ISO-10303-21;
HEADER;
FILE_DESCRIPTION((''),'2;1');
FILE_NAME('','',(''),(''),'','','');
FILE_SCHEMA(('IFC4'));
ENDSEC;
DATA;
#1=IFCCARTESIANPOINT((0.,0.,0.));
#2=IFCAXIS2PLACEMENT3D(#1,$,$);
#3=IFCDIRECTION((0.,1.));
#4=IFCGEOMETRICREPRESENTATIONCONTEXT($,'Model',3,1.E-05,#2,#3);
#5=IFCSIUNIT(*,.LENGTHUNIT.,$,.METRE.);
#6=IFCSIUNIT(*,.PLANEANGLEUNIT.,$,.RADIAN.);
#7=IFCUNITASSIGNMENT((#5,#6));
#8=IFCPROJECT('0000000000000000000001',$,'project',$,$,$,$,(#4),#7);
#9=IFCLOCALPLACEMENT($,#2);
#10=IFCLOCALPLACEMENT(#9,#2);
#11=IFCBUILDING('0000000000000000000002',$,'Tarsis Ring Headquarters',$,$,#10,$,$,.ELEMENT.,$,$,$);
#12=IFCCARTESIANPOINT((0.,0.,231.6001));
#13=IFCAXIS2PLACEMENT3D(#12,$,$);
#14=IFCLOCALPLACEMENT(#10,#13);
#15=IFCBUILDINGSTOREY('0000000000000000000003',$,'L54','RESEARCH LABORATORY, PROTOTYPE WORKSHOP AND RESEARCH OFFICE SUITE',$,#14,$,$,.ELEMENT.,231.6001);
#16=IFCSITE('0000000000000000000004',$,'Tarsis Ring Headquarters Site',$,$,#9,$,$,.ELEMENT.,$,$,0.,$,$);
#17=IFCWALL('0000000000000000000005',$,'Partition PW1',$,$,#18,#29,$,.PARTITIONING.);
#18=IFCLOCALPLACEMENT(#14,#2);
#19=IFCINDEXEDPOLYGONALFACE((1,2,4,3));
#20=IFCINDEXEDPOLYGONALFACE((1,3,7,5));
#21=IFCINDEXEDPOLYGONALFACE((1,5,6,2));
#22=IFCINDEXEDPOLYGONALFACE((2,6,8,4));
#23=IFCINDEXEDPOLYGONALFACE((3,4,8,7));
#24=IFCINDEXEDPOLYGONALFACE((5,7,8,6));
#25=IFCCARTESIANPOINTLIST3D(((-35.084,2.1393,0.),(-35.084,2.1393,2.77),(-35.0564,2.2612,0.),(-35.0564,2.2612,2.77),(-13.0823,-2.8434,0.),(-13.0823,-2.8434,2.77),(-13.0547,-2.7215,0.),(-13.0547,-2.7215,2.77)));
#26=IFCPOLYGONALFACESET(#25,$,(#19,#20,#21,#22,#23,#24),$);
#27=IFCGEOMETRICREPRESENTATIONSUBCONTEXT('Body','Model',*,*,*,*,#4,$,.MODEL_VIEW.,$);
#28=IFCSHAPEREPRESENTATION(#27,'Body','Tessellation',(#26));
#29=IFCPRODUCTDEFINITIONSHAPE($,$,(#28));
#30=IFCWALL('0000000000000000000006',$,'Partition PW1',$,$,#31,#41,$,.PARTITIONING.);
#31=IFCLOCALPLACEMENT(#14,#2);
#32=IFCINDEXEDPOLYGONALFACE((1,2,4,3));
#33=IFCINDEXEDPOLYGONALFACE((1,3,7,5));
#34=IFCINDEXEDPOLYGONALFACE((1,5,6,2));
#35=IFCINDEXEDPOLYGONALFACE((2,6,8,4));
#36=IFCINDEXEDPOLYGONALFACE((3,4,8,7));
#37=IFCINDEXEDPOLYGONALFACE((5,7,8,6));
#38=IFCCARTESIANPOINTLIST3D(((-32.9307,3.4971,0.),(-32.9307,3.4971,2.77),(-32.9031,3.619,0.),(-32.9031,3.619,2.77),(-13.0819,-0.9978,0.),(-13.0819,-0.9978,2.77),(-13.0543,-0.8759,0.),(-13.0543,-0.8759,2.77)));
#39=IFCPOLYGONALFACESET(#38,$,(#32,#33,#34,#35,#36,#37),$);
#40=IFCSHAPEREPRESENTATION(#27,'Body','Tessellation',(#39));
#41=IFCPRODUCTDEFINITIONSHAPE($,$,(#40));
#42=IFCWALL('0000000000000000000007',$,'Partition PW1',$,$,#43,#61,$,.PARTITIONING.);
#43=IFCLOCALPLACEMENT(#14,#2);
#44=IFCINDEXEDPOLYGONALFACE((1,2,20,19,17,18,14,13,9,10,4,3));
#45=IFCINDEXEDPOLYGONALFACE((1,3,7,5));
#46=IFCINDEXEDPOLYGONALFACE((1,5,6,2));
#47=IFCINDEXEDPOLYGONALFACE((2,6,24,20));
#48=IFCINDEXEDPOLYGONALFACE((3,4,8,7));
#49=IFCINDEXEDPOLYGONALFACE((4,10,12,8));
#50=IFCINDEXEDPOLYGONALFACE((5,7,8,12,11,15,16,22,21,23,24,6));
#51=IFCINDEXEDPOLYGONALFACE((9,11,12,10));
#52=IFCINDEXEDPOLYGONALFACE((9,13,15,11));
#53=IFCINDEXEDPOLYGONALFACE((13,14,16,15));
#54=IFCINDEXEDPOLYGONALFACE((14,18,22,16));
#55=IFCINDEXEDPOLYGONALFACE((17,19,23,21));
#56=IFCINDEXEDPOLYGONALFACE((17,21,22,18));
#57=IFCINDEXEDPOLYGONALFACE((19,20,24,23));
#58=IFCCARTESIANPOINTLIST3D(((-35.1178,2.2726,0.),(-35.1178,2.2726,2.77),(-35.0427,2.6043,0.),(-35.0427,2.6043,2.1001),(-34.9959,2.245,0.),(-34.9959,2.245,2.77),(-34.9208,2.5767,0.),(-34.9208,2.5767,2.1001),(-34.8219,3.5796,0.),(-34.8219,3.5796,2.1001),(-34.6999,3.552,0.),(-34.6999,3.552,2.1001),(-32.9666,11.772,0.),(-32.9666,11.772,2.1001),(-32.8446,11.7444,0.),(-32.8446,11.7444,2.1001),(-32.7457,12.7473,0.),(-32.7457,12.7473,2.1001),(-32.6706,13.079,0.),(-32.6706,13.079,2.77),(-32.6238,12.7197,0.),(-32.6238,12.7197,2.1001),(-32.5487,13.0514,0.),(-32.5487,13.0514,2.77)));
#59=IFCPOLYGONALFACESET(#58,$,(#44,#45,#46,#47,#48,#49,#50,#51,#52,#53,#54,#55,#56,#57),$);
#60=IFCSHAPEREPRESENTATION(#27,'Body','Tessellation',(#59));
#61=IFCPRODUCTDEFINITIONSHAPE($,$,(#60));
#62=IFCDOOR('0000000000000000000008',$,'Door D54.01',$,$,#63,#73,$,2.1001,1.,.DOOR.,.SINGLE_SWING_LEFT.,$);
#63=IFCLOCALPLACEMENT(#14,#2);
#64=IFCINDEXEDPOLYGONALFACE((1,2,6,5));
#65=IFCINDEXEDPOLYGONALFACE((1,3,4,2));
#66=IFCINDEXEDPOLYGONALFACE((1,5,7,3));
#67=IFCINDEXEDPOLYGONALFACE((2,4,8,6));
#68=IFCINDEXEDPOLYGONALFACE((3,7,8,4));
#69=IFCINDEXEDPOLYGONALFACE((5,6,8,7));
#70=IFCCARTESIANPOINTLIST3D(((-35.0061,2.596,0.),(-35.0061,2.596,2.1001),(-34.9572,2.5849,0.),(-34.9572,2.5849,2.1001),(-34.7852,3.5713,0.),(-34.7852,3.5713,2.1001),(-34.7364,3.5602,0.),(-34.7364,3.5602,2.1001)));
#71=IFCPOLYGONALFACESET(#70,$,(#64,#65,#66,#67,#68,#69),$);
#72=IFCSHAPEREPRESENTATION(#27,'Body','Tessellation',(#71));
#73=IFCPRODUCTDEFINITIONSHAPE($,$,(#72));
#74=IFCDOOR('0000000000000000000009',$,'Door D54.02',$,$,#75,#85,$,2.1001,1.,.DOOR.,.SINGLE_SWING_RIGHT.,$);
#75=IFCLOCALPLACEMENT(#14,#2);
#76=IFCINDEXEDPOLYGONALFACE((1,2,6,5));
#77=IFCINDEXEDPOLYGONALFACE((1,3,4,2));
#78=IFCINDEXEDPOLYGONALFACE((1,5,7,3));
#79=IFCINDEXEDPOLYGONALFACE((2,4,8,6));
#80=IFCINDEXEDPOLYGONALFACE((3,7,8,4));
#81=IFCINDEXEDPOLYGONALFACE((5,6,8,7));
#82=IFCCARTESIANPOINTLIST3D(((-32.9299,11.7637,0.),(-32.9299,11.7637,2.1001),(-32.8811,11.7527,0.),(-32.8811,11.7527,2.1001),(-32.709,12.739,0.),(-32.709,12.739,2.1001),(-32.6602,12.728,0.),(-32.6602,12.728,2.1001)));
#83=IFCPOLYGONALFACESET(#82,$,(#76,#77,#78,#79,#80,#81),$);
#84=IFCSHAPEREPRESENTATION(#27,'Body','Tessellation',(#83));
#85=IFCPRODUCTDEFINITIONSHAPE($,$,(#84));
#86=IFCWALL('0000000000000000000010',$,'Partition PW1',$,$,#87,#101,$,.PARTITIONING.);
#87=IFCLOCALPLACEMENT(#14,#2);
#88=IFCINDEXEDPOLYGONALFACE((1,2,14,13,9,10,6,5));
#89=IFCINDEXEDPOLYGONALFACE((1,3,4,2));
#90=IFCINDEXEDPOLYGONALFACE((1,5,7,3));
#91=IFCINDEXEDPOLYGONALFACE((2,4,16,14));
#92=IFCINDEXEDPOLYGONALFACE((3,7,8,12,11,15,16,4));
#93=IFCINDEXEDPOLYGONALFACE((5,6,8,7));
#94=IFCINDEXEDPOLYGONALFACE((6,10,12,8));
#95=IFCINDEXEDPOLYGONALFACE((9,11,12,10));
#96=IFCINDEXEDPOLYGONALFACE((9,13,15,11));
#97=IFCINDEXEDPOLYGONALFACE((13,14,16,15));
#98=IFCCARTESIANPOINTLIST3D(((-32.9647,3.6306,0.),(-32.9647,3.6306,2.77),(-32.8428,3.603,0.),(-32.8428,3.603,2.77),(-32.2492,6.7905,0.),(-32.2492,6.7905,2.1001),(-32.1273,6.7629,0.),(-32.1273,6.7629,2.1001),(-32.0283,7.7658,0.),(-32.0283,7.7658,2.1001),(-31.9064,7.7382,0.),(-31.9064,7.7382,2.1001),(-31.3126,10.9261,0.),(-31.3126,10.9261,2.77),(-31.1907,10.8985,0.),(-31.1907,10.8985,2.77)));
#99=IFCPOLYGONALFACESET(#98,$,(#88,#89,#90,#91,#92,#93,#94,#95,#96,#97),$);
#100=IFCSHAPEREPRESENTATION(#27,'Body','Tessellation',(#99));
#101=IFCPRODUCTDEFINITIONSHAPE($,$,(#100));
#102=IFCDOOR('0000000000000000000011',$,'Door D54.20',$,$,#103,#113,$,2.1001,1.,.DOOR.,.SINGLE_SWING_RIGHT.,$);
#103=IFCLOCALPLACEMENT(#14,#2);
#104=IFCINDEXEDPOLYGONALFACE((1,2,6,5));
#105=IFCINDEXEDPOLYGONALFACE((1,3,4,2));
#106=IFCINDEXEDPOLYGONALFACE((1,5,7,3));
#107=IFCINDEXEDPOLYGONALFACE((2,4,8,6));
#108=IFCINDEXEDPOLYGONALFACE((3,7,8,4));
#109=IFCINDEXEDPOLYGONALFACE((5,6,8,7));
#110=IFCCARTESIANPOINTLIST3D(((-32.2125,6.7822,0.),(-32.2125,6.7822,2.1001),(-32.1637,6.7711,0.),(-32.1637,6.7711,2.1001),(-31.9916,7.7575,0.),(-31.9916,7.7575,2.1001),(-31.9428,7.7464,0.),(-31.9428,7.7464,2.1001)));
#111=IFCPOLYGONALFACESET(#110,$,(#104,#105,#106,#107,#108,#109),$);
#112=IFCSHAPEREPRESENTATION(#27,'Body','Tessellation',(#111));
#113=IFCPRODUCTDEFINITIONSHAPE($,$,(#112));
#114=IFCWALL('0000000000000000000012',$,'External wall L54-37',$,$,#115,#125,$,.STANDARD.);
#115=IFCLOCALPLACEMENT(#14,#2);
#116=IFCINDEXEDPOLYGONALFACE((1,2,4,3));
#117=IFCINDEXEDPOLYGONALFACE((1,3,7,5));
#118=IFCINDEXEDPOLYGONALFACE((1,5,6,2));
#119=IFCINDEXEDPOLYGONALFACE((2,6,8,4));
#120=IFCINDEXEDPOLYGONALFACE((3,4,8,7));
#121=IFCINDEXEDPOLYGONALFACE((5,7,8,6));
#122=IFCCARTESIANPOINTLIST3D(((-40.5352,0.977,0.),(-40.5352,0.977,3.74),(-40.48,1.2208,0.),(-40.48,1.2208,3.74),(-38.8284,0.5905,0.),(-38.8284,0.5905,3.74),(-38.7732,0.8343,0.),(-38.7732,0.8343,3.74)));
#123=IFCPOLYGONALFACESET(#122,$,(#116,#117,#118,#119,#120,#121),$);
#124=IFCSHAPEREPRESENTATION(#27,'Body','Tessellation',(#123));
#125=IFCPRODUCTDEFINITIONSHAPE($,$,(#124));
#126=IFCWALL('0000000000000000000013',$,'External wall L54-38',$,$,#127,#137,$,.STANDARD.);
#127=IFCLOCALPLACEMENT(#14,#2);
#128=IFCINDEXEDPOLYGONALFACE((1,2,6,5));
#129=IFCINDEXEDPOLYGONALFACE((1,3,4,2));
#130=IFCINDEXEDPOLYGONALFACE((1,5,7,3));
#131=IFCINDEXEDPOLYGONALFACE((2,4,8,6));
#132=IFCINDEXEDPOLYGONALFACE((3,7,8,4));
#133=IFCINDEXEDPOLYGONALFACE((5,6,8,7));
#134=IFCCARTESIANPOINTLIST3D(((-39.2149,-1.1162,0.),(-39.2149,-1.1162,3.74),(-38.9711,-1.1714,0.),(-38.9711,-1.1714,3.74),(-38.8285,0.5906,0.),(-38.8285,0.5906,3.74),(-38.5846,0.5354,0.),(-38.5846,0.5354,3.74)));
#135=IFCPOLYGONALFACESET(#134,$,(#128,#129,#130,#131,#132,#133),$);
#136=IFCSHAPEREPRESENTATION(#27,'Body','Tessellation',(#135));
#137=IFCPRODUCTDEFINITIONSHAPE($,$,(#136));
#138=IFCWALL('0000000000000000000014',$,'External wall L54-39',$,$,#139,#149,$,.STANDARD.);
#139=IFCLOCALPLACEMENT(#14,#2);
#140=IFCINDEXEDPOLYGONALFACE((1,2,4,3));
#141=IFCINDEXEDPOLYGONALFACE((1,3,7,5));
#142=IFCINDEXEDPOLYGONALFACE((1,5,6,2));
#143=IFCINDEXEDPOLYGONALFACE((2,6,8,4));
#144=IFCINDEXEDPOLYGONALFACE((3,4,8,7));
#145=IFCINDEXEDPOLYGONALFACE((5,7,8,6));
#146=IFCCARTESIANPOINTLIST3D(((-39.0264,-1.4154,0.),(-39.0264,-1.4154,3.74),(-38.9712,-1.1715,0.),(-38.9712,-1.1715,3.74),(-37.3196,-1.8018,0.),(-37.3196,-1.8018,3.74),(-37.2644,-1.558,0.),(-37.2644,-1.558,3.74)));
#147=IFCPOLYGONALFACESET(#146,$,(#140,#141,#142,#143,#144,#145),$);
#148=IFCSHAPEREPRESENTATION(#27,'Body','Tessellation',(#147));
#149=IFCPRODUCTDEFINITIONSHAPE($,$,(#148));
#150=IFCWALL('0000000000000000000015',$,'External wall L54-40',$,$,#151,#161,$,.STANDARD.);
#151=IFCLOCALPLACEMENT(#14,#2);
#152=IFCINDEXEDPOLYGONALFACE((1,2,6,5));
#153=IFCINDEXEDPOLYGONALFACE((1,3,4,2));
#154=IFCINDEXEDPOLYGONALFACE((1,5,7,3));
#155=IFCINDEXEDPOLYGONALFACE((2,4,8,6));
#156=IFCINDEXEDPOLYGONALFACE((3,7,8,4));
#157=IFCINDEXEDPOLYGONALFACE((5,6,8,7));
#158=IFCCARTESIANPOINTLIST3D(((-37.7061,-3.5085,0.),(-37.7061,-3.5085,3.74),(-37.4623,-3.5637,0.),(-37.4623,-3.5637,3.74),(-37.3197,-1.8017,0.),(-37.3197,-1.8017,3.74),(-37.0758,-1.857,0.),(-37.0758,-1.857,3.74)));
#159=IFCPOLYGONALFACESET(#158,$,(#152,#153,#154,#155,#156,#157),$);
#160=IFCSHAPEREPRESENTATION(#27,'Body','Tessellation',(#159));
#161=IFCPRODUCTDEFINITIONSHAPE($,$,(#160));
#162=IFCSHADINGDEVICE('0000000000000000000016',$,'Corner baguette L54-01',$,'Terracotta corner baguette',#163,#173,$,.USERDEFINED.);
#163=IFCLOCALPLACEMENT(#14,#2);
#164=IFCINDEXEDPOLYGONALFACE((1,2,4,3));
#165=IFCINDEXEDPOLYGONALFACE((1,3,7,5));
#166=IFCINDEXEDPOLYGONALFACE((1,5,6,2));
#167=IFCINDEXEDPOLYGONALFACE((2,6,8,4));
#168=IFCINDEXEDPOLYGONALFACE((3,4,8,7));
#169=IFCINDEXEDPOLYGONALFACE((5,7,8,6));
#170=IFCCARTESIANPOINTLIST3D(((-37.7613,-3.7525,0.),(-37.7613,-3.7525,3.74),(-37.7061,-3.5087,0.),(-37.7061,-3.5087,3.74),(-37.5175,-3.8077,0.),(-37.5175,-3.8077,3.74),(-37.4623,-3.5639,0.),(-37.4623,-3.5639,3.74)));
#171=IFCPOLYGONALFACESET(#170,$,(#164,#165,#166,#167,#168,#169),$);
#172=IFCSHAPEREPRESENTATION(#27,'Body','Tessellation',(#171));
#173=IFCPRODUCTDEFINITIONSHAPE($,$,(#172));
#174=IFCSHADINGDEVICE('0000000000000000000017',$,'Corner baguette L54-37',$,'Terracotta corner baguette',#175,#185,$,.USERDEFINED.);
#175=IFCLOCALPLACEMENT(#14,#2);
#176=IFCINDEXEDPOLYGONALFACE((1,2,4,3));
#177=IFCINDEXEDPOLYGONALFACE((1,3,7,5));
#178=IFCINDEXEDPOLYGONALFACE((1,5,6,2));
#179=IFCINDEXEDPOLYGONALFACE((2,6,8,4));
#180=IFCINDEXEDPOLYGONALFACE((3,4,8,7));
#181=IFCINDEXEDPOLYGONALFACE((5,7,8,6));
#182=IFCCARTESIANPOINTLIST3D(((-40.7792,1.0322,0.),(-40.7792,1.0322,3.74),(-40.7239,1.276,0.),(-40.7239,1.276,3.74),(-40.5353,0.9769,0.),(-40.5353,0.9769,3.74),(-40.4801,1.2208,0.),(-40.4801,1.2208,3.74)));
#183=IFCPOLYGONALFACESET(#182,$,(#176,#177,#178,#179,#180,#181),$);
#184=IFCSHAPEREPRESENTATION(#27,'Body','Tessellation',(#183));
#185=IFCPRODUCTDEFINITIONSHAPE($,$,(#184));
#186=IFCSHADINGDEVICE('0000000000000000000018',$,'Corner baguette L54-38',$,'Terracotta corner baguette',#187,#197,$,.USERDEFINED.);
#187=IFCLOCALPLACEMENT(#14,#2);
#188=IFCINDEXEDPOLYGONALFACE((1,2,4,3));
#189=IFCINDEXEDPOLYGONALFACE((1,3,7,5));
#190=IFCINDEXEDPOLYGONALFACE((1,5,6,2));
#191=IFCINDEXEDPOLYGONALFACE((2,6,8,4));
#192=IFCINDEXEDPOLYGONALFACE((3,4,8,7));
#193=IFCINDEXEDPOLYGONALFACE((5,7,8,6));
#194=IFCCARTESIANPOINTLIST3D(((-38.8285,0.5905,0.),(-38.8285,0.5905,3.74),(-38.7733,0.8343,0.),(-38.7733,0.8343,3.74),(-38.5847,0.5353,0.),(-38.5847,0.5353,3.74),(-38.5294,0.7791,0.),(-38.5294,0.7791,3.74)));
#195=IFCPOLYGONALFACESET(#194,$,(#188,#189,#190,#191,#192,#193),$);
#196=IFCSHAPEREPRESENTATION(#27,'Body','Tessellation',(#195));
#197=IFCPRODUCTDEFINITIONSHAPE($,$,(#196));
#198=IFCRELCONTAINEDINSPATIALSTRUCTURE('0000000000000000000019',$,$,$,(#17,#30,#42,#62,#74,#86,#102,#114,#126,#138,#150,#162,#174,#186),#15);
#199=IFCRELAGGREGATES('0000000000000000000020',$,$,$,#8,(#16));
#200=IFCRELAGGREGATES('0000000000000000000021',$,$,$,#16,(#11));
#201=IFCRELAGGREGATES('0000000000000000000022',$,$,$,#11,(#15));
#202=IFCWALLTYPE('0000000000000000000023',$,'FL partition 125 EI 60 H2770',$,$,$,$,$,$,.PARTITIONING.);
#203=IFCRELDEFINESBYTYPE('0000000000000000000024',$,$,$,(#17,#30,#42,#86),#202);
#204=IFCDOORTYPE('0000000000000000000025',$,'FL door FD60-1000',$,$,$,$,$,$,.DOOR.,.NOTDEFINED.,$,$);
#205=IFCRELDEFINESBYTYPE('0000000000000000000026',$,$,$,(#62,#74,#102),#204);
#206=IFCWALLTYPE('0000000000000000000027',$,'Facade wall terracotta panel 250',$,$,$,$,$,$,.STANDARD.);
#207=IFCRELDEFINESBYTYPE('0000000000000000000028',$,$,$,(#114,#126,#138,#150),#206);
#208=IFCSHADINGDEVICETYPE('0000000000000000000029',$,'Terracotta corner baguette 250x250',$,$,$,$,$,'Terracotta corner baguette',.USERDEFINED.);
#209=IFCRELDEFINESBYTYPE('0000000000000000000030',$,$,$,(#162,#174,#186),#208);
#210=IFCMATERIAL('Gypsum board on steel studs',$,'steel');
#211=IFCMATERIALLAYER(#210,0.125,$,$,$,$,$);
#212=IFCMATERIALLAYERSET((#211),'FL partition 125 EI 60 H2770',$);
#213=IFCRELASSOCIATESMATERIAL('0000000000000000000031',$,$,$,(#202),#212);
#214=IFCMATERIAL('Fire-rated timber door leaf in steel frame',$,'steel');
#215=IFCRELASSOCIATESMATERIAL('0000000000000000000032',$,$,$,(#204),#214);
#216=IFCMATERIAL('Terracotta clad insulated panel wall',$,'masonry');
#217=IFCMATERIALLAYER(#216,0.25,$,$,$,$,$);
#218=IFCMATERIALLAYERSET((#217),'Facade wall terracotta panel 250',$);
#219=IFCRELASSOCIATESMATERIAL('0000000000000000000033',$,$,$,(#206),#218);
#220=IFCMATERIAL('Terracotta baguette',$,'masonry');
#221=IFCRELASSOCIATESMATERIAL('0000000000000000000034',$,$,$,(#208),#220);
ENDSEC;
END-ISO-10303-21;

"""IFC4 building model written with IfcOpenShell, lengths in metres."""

from ifc_helpers import new_model, si_unit, direction, frame, frame_2d, origin, origin_2d, place, context, subcontext, project, spatial, rectangle, extrude, material, layer, layer_set, type_object, element, fill, save


model = new_model("IFC4")

# Units and contexts
model_context = context("Model", 3, precision=1e-05, world=origin(), true_north=direction((0.0, 1.0)))
body_context = subcontext(model_context, "Body", "Model", "MODEL_VIEW")
ifc_project = project(units=[si_unit("LENGTHUNIT", "METRE"), si_unit("PLANEANGLEUNIT", "RADIAN")], contexts=[model_context])

# Site, building, storey
site_placement = place(None, origin())
site = spatial("IfcSite", under=ifc_project, at=site_placement, Name="Tarsis Ring Headquarters Site", CompositionType="ELEMENT", RefElevation=0.0)
building_placement = place(site_placement, origin())
building = spatial("IfcBuilding", under=site, at=building_placement, Name="Tarsis Ring Headquarters", CompositionType="ELEMENT")
storey_placement = place(building_placement, frame((0.0, 0.0, 231.6001)))
storey = spatial("IfcBuildingStorey", under=building, at=storey_placement, Name="L54", Description="RESEARCH LABORATORY, PROTOTYPE WORKSHOP AND RESEARCH OFFICE SUITE", CompositionType="ELEMENT", Elevation=231.6001)

# Walls
ifc_material_1 = material(Name="Gypsum board on steel studs", Category="steel")
ifc_layer_1 = layer(ifc_material_1, 0.125)
ifc_layer_set_1 = layer_set([ifc_layer_1], Name="FL partition 125 EI 60 H2770")
wall_type_1 = type_object("IfcWallType", Name="FL partition 125 EI 60 H2770", PredefinedType="PARTITIONING", material=ifc_layer_set_1)
wall_1_placement = place(storey_placement, frame((-35.0701, 2.2002, 0.0), z_axis=(0.0, 0.0, 1.0), x_axis=(0.975302, -0.220874, 0.0)))
element("IfcWall", 1, at=wall_1_placement, inside=storey, type_object=wall_type_1, Name="Partition PW1", PredefinedType="PARTITIONING", context=body_context, shape_type="SweptSolid", body=[
    extrude(rectangle(XDim=22.5588, YDim=0.125, at=frame_2d((11.2793, 0.0))), origin(), (0.0, 0.0, 1.0), 2.77),
])
wall_2_placement = place(storey_placement, frame((-32.917, 3.5581, 0.0), z_axis=(0.0, 0.0, 1.0), x_axis=(0.975304, -0.220865, 0.0)))
element("IfcWall", 2, at=wall_2_placement, inside=storey, type_object=wall_type_1, Name="Partition PW1", PredefinedType="PARTITIONING", context=body_context, shape_type="SweptSolid", body=[
    extrude(rectangle(XDim=20.3513, YDim=0.125, at=frame_2d((10.1758, 0.0))), origin(), (0.0, 0.0, 1.0), 2.77),
])

# Wall, openings, doors
wall_3_placement = place(storey_placement, frame((-35.0569, 2.2588, 0.0), z_axis=(0.0, 0.0, 1.0), x_axis=(0.220872, 0.975303, 0.0)))
wall_3 = element("IfcWall", 3, at=wall_3_placement, inside=storey, type_object=wall_type_1, Name="Partition PW1", PredefinedType="PARTITIONING", context=body_context, shape_type="SweptSolid", body=[
    extrude(rectangle(XDim=11.0801, YDim=0.125, at=frame_2d((5.54, 0.0))), origin(), (0.0, 0.0, 1.0), 2.77),
])
opening_1_placement = place(wall_3_placement, frame((0.3401, 0.0, 0.0)))
opening_1 = element("IfcOpeningElement", 4, at=opening_1_placement, cuts=wall_3, PredefinedType="OPENING", context=body_context, shape_type="SweptSolid", body=[
    extrude(rectangle(XDim=1.0, YDim=2.1001, at=frame_2d((0.5, 1.05))), frame((0.0, 0.0725, 0.0), z_axis=(0.0, -1.0, 0.0), x_axis=(1.0, 0.0, 0.0)), (0.0, 0.0, 1.0), 0.145),
])
opening_2_placement = place(wall_3_placement, frame((9.74, 0.0, 0.0)))
opening_2 = element("IfcOpeningElement", 5, at=opening_2_placement, cuts=wall_3, PredefinedType="OPENING", context=body_context, shape_type="SweptSolid", body=[
    extrude(rectangle(XDim=1.0, YDim=2.1001, at=frame_2d((0.5, 1.05))), frame((0.0, 0.0725, 0.0), z_axis=(0.0, -1.0, 0.0), x_axis=(1.0, 0.0, 0.0)), (0.0, 0.0, 1.0), 0.145),
])
ifc_material_2 = material(Name="Fire-rated timber door leaf in steel frame", Category="steel")
door_type = type_object("IfcDoorType", Name="FL door FD60-1000", OperationType="NOTDEFINED", PredefinedType="DOOR", material=ifc_material_2)
door_1_placement = place(opening_1_placement, origin())
door_1 = element("IfcDoor", 6, at=door_1_placement, inside=storey, type_object=door_type, Name="Door D54.01", OperationType="SINGLE_SWING_LEFT", OverallHeight=2.1001, OverallWidth=1.0, PredefinedType="DOOR", context=body_context, shape_type="SweptSolid", body=[
    extrude(rectangle(XDim=1.0, YDim=2.1001, at=frame_2d((0.5, 1.05))), frame((0.0, 0.0249, 0.0), z_axis=(0.0, -1.0, 0.0), x_axis=(1.0, 0.0, 0.0)), (0.0, 0.0, 1.0), 0.05),
])
fill(opening_1, door_1)
door_2_placement = place(opening_2_placement, origin())
door_2 = element("IfcDoor", 7, at=door_2_placement, inside=storey, type_object=door_type, Name="Door D54.02", OperationType="SINGLE_SWING_RIGHT", OverallHeight=2.1001, OverallWidth=1.0, PredefinedType="DOOR", context=body_context, shape_type="SweptSolid", body=[
    extrude(rectangle(XDim=1.0, YDim=2.1001, at=frame_2d((0.5, 1.05))), frame((0.0, 0.0249, 0.0), z_axis=(0.0, -1.0, 0.0), x_axis=(1.0, 0.0, 0.0)), (0.0, 0.0, 1.0), 0.05),
])
fill(opening_2, door_2)

# Wall, opening, door
wall_4_placement = place(storey_placement, frame((-32.9038, 3.6167, 0.0), z_axis=(0.0, 0.0, 1.0), x_axis=(0.220865, 0.975304, 0.0)))
wall_4 = element("IfcWall", 8, at=wall_4_placement, inside=storey, type_object=wall_type_1, Name="Partition PW1", PredefinedType="PARTITIONING", context=body_context, shape_type="SweptSolid", body=[
    extrude(rectangle(XDim=7.4802, YDim=0.125, at=frame_2d((3.7402, 0.0))), origin(), (0.0, 0.0, 1.0), 2.77),
])
opening_3_placement = place(wall_4_placement, frame((3.24, 0.0, 0.0)))
opening_3 = element("IfcOpeningElement", 9, at=opening_3_placement, cuts=wall_4, PredefinedType="OPENING", context=body_context, shape_type="SweptSolid", body=[
    extrude(rectangle(XDim=1.0, YDim=2.1001, at=frame_2d((0.5, 1.05))), frame((0.0, 0.0725, 0.0), z_axis=(0.0, -1.0, 0.0), x_axis=(1.0, 0.0, 0.0)), (0.0, 0.0, 1.0), 0.145),
])
door_3_placement = place(opening_3_placement, origin())
door_3 = element("IfcDoor", 10, at=door_3_placement, inside=storey, type_object=door_type, Name="Door D54.20", OperationType="SINGLE_SWING_RIGHT", OverallHeight=2.1001, OverallWidth=1.0, PredefinedType="DOOR", context=body_context, shape_type="SweptSolid", body=[
    extrude(rectangle(XDim=1.0, YDim=2.1001, at=frame_2d((0.5, 1.05))), frame((0.0, 0.0249, 0.0), z_axis=(0.0, -1.0, 0.0), x_axis=(1.0, 0.0, 0.0)), (0.0, 0.0, 1.0), 0.05),
])
fill(opening_3, door_3)

# Walls
ifc_material_3 = material(Name="Terracotta clad insulated panel wall", Category="masonry")
ifc_layer_2 = layer(ifc_material_3, 0.25)
ifc_layer_set_2 = layer_set([ifc_layer_2], Name="Facade wall terracotta panel 250")
wall_type_2 = type_object("IfcWallType", Name="Facade wall terracotta panel 250", PredefinedType="STANDARD", material=ifc_layer_set_2)
for number, where, z_axis, x_axis, name in (
    (11, (-40.5076, 1.0989, 0.0), (0.0, 0.0, 1.0), (0.975309, -0.220843, 0.0), "External wall L54-37"),
    (12, (-38.7065, 0.563, 0.0), (0.0, 0.0, 1.0), (-0.220843, -0.975309, 0.0), "External wall L54-38"),
    (13, (-38.9988, -1.2935, 0.0), (0.0, 0.0, 1.0), (0.975309, -0.220843, 0.0), "External wall L54-39"),
    (14, (-37.1978, -1.8293, 0.0), (0.0, 0.0, 1.0), (-0.220843, -0.975309, 0.0), "External wall L54-40"),
):
    element("IfcWall", number, at=place(storey_placement, frame(where, z_axis=z_axis, x_axis=x_axis)), inside=storey, type_object=wall_type_2, Name=name, PredefinedType="STANDARD", context=body_context, shape_type="SweptSolid", body=[
        extrude(rectangle(XDim=1.75, YDim=0.25, at=frame_2d((0.875, 0.0))), origin(), (0.0, 0.0, 1.0), 3.74),
    ])

# Shading devices
ifc_material_4 = material(Name="Terracotta baguette", Category="masonry")
shading_device_type_1 = type_object("IfcShadingDeviceType", Name="Terracotta corner baguette 250x250", ElementType="Terracotta corner baguette", PredefinedType="USERDEFINED", material=ifc_material_4)
for number, where, z_axis, x_axis, name in (
    (15, (-37.6118, -3.6582, 0.0), (0.0, 0.0, 1.0), (-0.220868, -0.975304, 0.0), "Corner baguette L54-01"),
    (16, (-40.6296, 1.1265, 0.0), (0.0, 0.0, 1.0), (-0.220868, -0.975304, 0.0), "Corner baguette L54-37"),
    (17, (-38.679, 0.6848, 0.0), (0.0, 0.0, 1.0), (0.975304, -0.220867, 0.0), "Corner baguette L54-38"),
):
    element("IfcShadingDevice", number, at=place(storey_placement, frame(where, z_axis=z_axis, x_axis=x_axis)), inside=storey, type_object=shading_device_type_1, Name=name, ObjectType="Terracotta corner baguette", PredefinedType="USERDEFINED", context=body_context, shape_type="SweptSolid", body=[
        extrude(rectangle(XDim=0.25, YDim=0.25, at=origin_2d()), origin(), (0.0, 0.0, 1.0), 3.74),
    ])

save(model, "model.ifc")
